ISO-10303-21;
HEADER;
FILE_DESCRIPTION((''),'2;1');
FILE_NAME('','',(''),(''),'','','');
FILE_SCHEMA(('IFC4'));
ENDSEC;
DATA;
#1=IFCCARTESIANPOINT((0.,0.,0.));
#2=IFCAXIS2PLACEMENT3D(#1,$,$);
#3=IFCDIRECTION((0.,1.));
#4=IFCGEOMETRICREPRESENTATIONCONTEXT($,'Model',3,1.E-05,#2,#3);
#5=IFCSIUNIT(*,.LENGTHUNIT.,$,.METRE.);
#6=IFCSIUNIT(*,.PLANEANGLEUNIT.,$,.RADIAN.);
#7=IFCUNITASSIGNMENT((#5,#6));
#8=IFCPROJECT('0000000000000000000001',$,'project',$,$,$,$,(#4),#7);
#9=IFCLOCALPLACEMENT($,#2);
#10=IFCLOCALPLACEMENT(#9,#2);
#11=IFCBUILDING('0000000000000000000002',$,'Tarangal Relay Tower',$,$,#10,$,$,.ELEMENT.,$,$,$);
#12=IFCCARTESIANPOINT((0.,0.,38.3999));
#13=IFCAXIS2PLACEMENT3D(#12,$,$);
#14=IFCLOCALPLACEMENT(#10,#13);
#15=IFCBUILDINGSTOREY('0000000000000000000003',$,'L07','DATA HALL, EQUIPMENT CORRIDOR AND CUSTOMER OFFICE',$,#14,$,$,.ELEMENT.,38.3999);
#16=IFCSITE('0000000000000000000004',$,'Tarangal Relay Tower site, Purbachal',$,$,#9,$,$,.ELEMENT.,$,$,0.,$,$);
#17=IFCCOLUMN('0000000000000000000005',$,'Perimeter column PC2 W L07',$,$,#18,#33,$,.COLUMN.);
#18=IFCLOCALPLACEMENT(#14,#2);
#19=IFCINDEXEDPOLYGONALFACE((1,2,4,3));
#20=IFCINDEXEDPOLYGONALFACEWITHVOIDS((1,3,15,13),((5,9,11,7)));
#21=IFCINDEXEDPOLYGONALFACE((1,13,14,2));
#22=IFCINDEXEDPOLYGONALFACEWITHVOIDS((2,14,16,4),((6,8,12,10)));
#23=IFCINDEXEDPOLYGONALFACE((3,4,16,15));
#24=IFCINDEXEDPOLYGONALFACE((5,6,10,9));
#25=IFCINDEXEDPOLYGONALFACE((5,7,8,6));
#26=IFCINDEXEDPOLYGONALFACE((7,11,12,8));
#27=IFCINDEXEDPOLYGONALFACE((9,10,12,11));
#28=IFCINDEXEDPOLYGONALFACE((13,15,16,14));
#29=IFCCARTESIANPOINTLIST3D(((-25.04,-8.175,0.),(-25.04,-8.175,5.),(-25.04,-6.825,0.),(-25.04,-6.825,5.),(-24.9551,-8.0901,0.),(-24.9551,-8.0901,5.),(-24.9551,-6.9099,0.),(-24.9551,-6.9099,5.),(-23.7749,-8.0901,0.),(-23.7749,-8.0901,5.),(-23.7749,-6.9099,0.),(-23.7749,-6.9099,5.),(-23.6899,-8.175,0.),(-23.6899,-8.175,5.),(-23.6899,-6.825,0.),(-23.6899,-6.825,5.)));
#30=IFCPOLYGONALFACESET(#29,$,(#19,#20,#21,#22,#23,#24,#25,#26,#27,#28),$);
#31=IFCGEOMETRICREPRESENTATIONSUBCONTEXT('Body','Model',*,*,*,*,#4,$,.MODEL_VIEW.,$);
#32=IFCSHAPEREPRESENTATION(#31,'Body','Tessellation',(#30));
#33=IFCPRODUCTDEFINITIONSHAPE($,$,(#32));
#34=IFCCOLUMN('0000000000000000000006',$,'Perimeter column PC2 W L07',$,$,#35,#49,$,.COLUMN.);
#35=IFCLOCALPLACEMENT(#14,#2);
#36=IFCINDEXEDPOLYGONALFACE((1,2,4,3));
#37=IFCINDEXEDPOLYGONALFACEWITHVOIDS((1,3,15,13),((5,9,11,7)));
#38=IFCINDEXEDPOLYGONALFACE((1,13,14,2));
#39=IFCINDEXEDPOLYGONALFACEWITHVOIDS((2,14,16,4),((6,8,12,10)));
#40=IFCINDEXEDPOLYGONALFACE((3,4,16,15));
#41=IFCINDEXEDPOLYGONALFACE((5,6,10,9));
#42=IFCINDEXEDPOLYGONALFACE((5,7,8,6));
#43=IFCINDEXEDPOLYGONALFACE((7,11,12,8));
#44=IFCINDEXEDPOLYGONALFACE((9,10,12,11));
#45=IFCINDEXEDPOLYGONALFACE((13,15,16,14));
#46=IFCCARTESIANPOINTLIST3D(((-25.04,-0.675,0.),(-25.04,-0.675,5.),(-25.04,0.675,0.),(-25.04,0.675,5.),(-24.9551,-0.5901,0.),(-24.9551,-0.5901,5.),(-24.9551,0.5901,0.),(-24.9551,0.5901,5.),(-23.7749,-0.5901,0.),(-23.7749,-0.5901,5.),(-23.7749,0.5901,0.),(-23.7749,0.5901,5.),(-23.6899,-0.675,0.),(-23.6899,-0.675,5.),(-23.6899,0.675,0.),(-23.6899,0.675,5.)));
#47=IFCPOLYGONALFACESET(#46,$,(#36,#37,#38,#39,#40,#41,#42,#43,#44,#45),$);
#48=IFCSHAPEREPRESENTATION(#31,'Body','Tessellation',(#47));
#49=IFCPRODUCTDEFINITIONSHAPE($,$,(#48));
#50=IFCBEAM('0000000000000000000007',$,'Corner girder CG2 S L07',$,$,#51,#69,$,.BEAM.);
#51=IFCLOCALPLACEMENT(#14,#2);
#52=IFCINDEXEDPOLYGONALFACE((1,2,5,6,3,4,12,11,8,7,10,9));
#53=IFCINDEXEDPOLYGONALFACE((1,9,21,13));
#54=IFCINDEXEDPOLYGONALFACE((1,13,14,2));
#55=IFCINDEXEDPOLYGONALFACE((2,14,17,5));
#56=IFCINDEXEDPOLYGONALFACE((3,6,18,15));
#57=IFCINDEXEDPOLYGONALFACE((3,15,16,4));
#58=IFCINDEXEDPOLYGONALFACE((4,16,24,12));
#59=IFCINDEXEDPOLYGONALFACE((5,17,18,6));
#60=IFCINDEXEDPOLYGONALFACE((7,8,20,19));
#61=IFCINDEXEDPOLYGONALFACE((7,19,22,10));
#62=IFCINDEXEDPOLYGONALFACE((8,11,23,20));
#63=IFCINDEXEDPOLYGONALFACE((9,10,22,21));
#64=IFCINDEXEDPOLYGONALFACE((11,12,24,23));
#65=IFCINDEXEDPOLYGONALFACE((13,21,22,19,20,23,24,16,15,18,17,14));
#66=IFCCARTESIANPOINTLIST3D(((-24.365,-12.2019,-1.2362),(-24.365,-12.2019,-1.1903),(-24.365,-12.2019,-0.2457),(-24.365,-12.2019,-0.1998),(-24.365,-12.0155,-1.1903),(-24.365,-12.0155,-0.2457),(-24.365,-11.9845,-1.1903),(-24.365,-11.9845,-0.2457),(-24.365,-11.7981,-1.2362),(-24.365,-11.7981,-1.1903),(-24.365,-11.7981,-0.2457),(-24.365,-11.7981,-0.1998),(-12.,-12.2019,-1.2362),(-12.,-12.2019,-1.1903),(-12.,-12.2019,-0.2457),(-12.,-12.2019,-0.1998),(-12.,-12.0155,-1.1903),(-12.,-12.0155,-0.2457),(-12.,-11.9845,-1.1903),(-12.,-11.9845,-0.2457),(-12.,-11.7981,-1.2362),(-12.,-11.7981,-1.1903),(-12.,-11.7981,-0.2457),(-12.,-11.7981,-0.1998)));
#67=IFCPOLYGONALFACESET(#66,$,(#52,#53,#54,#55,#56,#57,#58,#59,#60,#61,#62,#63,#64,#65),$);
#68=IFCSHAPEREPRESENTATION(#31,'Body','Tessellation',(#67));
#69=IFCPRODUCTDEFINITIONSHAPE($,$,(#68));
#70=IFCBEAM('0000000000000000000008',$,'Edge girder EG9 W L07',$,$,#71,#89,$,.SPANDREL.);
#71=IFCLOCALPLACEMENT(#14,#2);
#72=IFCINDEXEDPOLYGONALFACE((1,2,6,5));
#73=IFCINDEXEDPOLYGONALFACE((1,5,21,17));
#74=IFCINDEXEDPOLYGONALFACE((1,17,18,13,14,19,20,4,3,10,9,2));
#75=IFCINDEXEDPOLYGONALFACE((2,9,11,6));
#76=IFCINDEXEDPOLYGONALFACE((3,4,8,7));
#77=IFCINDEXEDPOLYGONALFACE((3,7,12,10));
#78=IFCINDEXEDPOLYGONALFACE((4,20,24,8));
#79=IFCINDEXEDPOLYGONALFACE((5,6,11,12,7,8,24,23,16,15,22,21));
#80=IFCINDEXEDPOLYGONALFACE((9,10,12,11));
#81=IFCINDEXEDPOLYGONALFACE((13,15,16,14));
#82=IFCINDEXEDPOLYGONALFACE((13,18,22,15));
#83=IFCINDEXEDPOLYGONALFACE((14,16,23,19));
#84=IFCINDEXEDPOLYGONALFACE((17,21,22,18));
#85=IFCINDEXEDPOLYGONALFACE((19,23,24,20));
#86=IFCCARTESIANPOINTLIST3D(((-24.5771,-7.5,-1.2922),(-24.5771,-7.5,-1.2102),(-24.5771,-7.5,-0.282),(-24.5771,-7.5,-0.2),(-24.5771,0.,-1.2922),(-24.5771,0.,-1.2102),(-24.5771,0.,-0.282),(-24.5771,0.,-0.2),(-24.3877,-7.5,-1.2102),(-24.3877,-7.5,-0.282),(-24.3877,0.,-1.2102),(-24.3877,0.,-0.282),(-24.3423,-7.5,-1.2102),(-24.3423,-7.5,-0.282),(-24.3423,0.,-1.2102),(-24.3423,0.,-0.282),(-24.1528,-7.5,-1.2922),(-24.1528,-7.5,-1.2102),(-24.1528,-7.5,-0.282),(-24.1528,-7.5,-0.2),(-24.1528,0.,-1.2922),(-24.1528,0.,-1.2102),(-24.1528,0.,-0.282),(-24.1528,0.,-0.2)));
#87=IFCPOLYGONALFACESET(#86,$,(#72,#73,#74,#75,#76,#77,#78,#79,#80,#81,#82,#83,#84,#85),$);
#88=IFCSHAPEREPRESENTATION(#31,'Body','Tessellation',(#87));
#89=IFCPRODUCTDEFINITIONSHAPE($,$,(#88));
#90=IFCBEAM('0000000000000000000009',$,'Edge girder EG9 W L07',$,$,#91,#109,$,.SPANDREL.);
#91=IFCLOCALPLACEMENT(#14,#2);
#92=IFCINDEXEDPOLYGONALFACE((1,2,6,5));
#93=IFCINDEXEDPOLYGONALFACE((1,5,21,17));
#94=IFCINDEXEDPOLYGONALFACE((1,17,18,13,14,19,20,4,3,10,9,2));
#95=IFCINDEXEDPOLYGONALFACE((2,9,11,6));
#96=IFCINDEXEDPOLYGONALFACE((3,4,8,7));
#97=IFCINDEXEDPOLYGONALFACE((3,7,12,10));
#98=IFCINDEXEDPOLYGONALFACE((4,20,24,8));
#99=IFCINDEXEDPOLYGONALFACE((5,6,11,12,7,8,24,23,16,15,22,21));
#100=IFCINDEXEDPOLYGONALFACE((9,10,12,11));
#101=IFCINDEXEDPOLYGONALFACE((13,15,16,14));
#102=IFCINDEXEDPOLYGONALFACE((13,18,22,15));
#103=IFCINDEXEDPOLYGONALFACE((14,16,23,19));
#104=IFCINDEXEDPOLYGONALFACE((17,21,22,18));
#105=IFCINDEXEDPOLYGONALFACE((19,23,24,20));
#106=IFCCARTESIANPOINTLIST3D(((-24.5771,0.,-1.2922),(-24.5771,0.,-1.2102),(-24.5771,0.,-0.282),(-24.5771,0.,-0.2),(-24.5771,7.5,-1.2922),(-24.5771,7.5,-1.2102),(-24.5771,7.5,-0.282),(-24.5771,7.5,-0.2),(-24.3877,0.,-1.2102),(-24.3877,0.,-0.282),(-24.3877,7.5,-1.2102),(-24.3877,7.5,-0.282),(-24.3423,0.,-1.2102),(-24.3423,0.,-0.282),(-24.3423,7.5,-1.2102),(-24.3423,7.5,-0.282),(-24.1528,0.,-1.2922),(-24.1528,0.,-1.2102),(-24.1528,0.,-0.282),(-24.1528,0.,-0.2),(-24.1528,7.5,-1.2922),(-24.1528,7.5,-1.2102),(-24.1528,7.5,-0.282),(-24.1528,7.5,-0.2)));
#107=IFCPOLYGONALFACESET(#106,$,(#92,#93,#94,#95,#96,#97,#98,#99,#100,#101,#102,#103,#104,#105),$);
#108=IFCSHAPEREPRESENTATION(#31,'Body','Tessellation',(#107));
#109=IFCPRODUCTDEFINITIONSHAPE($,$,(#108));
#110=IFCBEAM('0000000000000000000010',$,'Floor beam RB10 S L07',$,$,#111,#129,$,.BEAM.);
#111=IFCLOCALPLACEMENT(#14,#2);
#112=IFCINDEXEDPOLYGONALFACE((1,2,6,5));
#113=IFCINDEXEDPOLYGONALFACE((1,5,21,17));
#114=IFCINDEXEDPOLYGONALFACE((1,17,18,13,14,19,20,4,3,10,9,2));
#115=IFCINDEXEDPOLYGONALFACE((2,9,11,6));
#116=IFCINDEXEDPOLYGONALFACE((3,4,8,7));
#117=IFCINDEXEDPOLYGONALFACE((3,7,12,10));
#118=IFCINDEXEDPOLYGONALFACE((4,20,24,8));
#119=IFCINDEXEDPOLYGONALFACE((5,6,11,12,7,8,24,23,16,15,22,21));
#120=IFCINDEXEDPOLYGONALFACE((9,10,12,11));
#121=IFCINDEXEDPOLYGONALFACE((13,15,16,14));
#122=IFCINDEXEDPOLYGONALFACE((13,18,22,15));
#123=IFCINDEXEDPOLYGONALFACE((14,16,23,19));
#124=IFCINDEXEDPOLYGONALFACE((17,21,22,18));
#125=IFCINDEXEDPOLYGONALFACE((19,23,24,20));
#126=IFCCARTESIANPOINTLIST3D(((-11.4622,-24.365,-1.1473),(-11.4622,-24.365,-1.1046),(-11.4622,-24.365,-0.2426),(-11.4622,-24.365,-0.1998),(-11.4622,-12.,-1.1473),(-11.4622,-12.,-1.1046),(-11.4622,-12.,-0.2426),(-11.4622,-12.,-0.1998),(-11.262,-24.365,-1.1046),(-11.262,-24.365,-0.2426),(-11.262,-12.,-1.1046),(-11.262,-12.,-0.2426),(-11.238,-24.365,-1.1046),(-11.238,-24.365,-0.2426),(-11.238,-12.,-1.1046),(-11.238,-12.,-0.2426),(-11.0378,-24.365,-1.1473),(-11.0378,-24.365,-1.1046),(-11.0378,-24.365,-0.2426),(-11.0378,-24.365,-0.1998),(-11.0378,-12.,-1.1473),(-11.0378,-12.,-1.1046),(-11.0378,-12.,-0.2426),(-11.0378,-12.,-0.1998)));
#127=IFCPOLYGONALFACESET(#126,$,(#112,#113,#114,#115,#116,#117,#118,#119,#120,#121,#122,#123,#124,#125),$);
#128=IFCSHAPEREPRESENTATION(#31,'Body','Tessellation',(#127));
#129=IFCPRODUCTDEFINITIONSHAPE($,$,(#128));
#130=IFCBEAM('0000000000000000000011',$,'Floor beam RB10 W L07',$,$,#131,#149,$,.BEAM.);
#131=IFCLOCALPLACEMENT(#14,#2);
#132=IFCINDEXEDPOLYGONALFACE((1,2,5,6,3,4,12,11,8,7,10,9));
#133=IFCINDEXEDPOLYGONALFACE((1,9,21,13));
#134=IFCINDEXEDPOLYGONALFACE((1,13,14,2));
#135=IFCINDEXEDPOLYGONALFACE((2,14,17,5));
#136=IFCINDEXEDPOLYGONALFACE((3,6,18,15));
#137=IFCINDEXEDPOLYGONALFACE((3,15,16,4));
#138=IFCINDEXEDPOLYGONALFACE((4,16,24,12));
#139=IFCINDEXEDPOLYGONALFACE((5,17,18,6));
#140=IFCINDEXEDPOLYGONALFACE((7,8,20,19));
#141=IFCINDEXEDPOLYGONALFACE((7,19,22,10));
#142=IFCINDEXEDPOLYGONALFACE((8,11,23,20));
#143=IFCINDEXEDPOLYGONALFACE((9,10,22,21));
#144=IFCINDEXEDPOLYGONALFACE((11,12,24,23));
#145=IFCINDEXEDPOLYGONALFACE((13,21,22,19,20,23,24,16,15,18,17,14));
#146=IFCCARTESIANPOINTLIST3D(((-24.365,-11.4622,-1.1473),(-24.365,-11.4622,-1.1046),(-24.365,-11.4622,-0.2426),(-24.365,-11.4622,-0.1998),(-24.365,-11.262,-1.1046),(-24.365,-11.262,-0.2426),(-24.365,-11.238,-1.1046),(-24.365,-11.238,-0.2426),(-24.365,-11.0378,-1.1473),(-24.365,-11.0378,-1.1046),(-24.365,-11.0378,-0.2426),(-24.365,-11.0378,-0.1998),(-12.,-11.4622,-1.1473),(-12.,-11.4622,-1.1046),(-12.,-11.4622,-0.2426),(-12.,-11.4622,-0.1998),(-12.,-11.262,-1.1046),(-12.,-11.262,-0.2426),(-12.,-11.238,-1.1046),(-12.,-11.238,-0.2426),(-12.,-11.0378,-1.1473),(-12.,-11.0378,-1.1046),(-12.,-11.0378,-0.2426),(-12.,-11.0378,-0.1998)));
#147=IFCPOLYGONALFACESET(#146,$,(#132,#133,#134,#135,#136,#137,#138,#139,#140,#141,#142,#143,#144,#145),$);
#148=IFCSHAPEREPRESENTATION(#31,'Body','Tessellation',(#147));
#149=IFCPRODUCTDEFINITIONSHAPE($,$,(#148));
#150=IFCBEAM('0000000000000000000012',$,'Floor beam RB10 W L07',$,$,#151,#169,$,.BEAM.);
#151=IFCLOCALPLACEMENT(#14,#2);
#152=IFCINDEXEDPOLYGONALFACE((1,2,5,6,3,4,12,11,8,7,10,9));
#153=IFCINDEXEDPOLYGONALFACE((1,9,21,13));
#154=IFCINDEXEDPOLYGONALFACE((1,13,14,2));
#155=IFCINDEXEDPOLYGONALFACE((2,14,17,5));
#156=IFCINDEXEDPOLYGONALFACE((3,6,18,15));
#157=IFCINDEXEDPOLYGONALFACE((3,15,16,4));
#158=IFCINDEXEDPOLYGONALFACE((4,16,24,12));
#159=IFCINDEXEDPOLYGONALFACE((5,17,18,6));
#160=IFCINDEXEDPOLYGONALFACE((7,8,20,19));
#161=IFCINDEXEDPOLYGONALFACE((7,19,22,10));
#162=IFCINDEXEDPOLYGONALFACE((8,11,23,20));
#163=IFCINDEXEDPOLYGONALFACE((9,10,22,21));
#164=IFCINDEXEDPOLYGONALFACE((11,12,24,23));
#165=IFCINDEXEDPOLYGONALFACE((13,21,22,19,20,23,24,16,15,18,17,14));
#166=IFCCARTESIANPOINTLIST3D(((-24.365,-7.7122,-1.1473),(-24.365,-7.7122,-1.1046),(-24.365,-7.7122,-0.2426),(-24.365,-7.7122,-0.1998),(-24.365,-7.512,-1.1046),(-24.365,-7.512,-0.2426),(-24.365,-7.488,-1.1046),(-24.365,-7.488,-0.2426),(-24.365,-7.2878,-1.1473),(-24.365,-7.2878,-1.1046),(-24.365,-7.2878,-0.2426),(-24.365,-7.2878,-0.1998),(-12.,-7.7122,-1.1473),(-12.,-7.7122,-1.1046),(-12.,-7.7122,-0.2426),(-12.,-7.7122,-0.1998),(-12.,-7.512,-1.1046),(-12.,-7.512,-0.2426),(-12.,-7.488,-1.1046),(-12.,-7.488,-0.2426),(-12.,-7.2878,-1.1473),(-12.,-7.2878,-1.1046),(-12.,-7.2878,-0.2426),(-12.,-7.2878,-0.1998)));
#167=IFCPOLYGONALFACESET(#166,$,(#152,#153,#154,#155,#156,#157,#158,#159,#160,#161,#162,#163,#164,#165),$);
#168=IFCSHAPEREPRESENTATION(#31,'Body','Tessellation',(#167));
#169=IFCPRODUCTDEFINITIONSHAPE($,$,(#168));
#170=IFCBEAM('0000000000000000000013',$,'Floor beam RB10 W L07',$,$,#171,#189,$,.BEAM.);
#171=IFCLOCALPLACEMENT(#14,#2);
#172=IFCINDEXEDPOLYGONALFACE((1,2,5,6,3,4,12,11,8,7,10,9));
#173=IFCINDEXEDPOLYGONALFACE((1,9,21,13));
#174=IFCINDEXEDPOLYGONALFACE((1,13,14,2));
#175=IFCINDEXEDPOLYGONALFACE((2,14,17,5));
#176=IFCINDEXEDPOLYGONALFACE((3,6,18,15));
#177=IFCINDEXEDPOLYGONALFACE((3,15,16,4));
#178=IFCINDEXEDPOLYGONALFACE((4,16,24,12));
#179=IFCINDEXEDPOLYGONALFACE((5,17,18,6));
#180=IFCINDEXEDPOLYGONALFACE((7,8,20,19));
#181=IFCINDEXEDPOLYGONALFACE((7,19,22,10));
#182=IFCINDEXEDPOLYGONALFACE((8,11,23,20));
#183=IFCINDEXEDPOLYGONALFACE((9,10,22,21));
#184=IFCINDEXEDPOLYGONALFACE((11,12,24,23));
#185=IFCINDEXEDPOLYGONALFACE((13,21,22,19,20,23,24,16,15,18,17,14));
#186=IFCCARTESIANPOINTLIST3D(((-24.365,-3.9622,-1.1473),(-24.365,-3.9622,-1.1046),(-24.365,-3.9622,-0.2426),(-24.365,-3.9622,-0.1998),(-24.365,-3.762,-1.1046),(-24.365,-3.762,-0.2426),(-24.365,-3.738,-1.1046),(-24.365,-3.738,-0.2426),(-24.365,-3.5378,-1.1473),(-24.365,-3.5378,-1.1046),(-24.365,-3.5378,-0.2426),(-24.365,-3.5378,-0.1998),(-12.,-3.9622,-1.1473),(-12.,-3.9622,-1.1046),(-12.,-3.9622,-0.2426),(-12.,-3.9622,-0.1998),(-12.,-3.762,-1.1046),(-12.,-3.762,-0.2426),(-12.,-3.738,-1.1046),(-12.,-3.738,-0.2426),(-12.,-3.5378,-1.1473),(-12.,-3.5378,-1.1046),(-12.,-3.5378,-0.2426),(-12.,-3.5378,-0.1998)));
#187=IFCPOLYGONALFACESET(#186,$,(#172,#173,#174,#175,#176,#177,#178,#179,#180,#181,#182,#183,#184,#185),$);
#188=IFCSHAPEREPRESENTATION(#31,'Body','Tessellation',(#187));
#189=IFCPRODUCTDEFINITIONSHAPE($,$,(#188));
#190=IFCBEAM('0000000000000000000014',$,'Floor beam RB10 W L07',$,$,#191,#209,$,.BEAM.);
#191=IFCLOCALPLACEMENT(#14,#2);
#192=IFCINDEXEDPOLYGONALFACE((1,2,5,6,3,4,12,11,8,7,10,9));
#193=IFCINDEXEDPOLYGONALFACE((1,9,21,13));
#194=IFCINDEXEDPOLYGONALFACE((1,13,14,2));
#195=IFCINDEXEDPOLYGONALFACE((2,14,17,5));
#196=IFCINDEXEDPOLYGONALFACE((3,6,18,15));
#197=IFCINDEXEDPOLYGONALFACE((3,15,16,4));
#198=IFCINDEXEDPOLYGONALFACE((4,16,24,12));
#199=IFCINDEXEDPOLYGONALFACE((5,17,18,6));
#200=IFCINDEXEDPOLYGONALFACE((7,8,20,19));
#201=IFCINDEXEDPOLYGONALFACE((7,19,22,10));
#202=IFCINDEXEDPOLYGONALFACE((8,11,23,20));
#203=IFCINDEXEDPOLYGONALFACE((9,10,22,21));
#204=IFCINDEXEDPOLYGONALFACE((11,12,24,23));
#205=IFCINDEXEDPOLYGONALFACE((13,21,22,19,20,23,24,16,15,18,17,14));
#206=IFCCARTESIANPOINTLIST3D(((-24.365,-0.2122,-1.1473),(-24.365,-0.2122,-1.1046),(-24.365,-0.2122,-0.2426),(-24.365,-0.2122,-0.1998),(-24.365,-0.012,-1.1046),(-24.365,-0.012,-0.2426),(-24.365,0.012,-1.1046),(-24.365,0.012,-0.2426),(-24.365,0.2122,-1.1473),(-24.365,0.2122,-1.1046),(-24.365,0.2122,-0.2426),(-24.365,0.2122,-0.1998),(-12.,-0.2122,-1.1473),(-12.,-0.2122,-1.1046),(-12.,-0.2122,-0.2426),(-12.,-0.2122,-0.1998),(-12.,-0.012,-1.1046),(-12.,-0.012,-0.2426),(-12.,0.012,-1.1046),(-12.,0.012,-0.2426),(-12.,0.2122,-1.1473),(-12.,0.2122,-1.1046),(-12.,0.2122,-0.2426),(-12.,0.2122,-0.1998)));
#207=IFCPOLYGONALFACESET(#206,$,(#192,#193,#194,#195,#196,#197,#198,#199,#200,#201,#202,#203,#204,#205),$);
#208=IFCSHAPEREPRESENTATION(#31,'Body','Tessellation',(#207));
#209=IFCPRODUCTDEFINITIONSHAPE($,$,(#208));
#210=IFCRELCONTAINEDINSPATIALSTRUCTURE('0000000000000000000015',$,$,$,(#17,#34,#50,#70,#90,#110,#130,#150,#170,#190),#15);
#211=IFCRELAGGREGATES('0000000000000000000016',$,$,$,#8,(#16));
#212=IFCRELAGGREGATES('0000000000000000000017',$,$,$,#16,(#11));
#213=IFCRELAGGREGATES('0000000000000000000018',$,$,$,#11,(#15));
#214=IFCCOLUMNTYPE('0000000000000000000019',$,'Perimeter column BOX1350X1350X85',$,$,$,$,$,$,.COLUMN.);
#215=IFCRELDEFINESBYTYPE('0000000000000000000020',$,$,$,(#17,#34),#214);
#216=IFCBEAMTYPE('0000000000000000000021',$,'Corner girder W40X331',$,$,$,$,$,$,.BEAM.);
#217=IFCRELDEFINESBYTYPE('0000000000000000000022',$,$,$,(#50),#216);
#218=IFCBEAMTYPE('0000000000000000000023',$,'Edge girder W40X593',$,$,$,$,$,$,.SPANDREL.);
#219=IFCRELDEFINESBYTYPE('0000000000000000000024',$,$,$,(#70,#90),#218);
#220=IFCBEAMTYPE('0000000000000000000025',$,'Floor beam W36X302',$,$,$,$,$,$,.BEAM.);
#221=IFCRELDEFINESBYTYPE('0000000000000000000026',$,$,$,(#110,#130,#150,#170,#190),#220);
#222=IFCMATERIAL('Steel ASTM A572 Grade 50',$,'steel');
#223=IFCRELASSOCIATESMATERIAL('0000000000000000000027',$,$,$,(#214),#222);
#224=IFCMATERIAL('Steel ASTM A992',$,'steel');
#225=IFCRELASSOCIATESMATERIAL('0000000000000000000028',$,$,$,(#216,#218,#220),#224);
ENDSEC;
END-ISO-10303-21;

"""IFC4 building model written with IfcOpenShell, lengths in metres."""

from ifc_helpers import new_model, si_unit, direction, frame, origin, origin_2d, place, context, subcontext, project, spatial, hollow_rectangle, i_section, extrude, material, material_profile, profile_set, type_object, element, save


model = new_model("IFC4")

# Units and contexts
model_context = context("Model", 3, precision=1e-05, world=origin(), true_north=direction((0.0, 1.0)))
body_context = subcontext(model_context, "Body", "Model", "MODEL_VIEW")
ifc_project = project(units=[si_unit("LENGTHUNIT", "METRE"), si_unit("PLANEANGLEUNIT", "RADIAN")], contexts=[model_context])

# Site, building, storey
site_placement = place(None, origin())
site = spatial("IfcSite", under=ifc_project, at=site_placement, Name="Tarangal Relay Tower site, Purbachal", CompositionType="ELEMENT", RefElevation=0.0)
building_placement = place(site_placement, origin())
building = spatial("IfcBuilding", under=site, at=building_placement, Name="Tarangal Relay Tower", CompositionType="ELEMENT")
storey_placement = place(building_placement, frame((0.0, 0.0, 38.3999)))
storey = spatial("IfcBuildingStorey", under=building, at=storey_placement, Name="L07", Description="DATA HALL, EQUIPMENT CORRIDOR AND CUSTOMER OFFICE", CompositionType="ELEMENT", Elevation=38.3999)

# Columns
ifc_material_1 = material(Name="Steel ASTM A572 Grade 50", Category="steel")
ifc_material_profile_1 = material_profile(ifc_material_1, hollow_rectangle(XDim=1.3501, YDim=1.3501, WallThickness=0.085, at=origin_2d()), Name="BOX1350X1350X85")
ifc_profile_set_1 = profile_set([ifc_material_profile_1], Name="Steel ASTM A572 Grade 50")
column_type = type_object("IfcColumnType", Name="Perimeter column BOX1350X1350X85", PredefinedType="COLUMN", material=ifc_profile_set_1)
for number, where, z_axis, x_axis, name in (
    (1, (-24.365, -7.5, 0.0), (0.0, 0.0, 1.0), (1.0, 0.0, 0.0), "Perimeter column PC2 W L07"),
    (2, (-24.365, 0.0, 0.0), (0.0, 0.0, 1.0), (1.0, 0.0, 0.0), "Perimeter column PC2 W L07"),
):
    element("IfcColumn", number, at=place(storey_placement, frame(where, z_axis=z_axis, x_axis=x_axis)), inside=storey, type_object=column_type, Name=name, PredefinedType="COLUMN", context=body_context, shape_type="SweptSolid", body=[
        extrude(hollow_rectangle(XDim=1.3501, YDim=1.3501, WallThickness=0.085, at=origin_2d()), origin(), (0.0, 0.0, 1.0), 5.0),
    ])

# Beams
ifc_material_2 = material(Name="Steel ASTM A992", Category="steel")
ifc_material_profile_2 = material_profile(ifc_material_2, i_section(OverallWidth=0.4038, OverallDepth=1.0364, WebThickness=0.031, FlangeThickness=0.0459, at=origin_2d()), Name="W40X331")
ifc_profile_set_2 = profile_set([ifc_material_profile_2], Name="Steel ASTM A992")
beam_type_1 = type_object("IfcBeamType", Name="Corner girder W40X331", PredefinedType="BEAM", material=ifc_profile_set_2)
beam_placement = place(storey_placement, frame((-12.0, -12.0, -0.718), z_axis=(-1.0, 0.0, 0.0), x_axis=(0.0, -1.0, 0.0)))
element("IfcBeam", 3, at=beam_placement, inside=storey, type_object=beam_type_1, Name="Corner girder CG2 S L07", PredefinedType="BEAM", context=body_context, shape_type="SweptSolid", body=[
    extrude(i_section(OverallWidth=0.4038, OverallDepth=1.0364, WebThickness=0.031, FlangeThickness=0.0459, at=origin_2d()), origin(), (0.0, 0.0, 1.0), 12.365),
])
ifc_material_profile_3 = material_profile(ifc_material_2, i_section(OverallWidth=0.4243, OverallDepth=1.0923, WebThickness=0.0454, FlangeThickness=0.082, at=origin_2d()), Name="W40X593")
ifc_profile_set_3 = profile_set([ifc_material_profile_3], Name="Steel ASTM A992")
beam_type_2 = type_object("IfcBeamType", Name="Edge girder W40X593", PredefinedType="SPANDREL", material=ifc_profile_set_3)
for number, where, z_axis, x_axis, name in (
    (4, (-24.365, -7.5, -0.7461), (0.0, 1.0, 0.0), (-1.0, 0.0, 0.0), "Edge girder EG9 W L07"),
    (5, (-24.365, 0.0, -0.7461), (0.0, 1.0, 0.0), (-1.0, 0.0, 0.0), "Edge girder EG9 W L07"),
):
    element("IfcBeam", number, at=place(storey_placement, frame(where, z_axis=z_axis, x_axis=x_axis)), inside=storey, type_object=beam_type_2, Name=name, PredefinedType="SPANDREL", context=body_context, shape_type="SweptSolid", body=[
        extrude(i_section(OverallWidth=0.4243, OverallDepth=1.0923, WebThickness=0.0454, FlangeThickness=0.082, at=origin_2d()), origin(), (0.0, 0.0, 1.0), 7.5),
    ])
ifc_material_profile_4 = material_profile(ifc_material_2, i_section(OverallWidth=0.4243, OverallDepth=0.9475, WebThickness=0.0239, FlangeThickness=0.0427, at=origin_2d()), Name="W36X302")
ifc_profile_set_4 = profile_set([ifc_material_profile_4], Name="Steel ASTM A992")
beam_type_3 = type_object("IfcBeamType", Name="Floor beam W36X302", PredefinedType="BEAM", material=ifc_profile_set_4)
for number, where, z_axis, x_axis, name in (
    (6, (-11.25, -12.0, -0.6736), (0.0, -1.0, 0.0), (1.0, 0.0, 0.0), "Floor beam RB10 S L07"),
    (7, (-12.0, -11.25, -0.6736), (-1.0, 0.0, 0.0), (0.0, -1.0, 0.0), "Floor beam RB10 W L07"),
    (8, (-12.0, -7.5, -0.6736), (-1.0, 0.0, 0.0), (0.0, -1.0, 0.0), "Floor beam RB10 W L07"),
    (9, (-12.0, -3.75, -0.6736), (-1.0, 0.0, 0.0), (0.0, -1.0, 0.0), "Floor beam RB10 W L07"),
    (10, (-12.0, 0.0, -0.6736), (-1.0, 0.0, 0.0), (0.0, -1.0, 0.0), "Floor beam RB10 W L07"),
):
    element("IfcBeam", number, at=place(storey_placement, frame(where, z_axis=z_axis, x_axis=x_axis)), inside=storey, type_object=beam_type_3, Name=name, PredefinedType="BEAM", context=body_context, shape_type="SweptSolid", body=[
        extrude(i_section(OverallWidth=0.4243, OverallDepth=0.9475, WebThickness=0.0239, FlangeThickness=0.0427, at=origin_2d()), origin(), (0.0, 0.0, 1.0), 12.365),
    ])

save(model, "model.ifc")
